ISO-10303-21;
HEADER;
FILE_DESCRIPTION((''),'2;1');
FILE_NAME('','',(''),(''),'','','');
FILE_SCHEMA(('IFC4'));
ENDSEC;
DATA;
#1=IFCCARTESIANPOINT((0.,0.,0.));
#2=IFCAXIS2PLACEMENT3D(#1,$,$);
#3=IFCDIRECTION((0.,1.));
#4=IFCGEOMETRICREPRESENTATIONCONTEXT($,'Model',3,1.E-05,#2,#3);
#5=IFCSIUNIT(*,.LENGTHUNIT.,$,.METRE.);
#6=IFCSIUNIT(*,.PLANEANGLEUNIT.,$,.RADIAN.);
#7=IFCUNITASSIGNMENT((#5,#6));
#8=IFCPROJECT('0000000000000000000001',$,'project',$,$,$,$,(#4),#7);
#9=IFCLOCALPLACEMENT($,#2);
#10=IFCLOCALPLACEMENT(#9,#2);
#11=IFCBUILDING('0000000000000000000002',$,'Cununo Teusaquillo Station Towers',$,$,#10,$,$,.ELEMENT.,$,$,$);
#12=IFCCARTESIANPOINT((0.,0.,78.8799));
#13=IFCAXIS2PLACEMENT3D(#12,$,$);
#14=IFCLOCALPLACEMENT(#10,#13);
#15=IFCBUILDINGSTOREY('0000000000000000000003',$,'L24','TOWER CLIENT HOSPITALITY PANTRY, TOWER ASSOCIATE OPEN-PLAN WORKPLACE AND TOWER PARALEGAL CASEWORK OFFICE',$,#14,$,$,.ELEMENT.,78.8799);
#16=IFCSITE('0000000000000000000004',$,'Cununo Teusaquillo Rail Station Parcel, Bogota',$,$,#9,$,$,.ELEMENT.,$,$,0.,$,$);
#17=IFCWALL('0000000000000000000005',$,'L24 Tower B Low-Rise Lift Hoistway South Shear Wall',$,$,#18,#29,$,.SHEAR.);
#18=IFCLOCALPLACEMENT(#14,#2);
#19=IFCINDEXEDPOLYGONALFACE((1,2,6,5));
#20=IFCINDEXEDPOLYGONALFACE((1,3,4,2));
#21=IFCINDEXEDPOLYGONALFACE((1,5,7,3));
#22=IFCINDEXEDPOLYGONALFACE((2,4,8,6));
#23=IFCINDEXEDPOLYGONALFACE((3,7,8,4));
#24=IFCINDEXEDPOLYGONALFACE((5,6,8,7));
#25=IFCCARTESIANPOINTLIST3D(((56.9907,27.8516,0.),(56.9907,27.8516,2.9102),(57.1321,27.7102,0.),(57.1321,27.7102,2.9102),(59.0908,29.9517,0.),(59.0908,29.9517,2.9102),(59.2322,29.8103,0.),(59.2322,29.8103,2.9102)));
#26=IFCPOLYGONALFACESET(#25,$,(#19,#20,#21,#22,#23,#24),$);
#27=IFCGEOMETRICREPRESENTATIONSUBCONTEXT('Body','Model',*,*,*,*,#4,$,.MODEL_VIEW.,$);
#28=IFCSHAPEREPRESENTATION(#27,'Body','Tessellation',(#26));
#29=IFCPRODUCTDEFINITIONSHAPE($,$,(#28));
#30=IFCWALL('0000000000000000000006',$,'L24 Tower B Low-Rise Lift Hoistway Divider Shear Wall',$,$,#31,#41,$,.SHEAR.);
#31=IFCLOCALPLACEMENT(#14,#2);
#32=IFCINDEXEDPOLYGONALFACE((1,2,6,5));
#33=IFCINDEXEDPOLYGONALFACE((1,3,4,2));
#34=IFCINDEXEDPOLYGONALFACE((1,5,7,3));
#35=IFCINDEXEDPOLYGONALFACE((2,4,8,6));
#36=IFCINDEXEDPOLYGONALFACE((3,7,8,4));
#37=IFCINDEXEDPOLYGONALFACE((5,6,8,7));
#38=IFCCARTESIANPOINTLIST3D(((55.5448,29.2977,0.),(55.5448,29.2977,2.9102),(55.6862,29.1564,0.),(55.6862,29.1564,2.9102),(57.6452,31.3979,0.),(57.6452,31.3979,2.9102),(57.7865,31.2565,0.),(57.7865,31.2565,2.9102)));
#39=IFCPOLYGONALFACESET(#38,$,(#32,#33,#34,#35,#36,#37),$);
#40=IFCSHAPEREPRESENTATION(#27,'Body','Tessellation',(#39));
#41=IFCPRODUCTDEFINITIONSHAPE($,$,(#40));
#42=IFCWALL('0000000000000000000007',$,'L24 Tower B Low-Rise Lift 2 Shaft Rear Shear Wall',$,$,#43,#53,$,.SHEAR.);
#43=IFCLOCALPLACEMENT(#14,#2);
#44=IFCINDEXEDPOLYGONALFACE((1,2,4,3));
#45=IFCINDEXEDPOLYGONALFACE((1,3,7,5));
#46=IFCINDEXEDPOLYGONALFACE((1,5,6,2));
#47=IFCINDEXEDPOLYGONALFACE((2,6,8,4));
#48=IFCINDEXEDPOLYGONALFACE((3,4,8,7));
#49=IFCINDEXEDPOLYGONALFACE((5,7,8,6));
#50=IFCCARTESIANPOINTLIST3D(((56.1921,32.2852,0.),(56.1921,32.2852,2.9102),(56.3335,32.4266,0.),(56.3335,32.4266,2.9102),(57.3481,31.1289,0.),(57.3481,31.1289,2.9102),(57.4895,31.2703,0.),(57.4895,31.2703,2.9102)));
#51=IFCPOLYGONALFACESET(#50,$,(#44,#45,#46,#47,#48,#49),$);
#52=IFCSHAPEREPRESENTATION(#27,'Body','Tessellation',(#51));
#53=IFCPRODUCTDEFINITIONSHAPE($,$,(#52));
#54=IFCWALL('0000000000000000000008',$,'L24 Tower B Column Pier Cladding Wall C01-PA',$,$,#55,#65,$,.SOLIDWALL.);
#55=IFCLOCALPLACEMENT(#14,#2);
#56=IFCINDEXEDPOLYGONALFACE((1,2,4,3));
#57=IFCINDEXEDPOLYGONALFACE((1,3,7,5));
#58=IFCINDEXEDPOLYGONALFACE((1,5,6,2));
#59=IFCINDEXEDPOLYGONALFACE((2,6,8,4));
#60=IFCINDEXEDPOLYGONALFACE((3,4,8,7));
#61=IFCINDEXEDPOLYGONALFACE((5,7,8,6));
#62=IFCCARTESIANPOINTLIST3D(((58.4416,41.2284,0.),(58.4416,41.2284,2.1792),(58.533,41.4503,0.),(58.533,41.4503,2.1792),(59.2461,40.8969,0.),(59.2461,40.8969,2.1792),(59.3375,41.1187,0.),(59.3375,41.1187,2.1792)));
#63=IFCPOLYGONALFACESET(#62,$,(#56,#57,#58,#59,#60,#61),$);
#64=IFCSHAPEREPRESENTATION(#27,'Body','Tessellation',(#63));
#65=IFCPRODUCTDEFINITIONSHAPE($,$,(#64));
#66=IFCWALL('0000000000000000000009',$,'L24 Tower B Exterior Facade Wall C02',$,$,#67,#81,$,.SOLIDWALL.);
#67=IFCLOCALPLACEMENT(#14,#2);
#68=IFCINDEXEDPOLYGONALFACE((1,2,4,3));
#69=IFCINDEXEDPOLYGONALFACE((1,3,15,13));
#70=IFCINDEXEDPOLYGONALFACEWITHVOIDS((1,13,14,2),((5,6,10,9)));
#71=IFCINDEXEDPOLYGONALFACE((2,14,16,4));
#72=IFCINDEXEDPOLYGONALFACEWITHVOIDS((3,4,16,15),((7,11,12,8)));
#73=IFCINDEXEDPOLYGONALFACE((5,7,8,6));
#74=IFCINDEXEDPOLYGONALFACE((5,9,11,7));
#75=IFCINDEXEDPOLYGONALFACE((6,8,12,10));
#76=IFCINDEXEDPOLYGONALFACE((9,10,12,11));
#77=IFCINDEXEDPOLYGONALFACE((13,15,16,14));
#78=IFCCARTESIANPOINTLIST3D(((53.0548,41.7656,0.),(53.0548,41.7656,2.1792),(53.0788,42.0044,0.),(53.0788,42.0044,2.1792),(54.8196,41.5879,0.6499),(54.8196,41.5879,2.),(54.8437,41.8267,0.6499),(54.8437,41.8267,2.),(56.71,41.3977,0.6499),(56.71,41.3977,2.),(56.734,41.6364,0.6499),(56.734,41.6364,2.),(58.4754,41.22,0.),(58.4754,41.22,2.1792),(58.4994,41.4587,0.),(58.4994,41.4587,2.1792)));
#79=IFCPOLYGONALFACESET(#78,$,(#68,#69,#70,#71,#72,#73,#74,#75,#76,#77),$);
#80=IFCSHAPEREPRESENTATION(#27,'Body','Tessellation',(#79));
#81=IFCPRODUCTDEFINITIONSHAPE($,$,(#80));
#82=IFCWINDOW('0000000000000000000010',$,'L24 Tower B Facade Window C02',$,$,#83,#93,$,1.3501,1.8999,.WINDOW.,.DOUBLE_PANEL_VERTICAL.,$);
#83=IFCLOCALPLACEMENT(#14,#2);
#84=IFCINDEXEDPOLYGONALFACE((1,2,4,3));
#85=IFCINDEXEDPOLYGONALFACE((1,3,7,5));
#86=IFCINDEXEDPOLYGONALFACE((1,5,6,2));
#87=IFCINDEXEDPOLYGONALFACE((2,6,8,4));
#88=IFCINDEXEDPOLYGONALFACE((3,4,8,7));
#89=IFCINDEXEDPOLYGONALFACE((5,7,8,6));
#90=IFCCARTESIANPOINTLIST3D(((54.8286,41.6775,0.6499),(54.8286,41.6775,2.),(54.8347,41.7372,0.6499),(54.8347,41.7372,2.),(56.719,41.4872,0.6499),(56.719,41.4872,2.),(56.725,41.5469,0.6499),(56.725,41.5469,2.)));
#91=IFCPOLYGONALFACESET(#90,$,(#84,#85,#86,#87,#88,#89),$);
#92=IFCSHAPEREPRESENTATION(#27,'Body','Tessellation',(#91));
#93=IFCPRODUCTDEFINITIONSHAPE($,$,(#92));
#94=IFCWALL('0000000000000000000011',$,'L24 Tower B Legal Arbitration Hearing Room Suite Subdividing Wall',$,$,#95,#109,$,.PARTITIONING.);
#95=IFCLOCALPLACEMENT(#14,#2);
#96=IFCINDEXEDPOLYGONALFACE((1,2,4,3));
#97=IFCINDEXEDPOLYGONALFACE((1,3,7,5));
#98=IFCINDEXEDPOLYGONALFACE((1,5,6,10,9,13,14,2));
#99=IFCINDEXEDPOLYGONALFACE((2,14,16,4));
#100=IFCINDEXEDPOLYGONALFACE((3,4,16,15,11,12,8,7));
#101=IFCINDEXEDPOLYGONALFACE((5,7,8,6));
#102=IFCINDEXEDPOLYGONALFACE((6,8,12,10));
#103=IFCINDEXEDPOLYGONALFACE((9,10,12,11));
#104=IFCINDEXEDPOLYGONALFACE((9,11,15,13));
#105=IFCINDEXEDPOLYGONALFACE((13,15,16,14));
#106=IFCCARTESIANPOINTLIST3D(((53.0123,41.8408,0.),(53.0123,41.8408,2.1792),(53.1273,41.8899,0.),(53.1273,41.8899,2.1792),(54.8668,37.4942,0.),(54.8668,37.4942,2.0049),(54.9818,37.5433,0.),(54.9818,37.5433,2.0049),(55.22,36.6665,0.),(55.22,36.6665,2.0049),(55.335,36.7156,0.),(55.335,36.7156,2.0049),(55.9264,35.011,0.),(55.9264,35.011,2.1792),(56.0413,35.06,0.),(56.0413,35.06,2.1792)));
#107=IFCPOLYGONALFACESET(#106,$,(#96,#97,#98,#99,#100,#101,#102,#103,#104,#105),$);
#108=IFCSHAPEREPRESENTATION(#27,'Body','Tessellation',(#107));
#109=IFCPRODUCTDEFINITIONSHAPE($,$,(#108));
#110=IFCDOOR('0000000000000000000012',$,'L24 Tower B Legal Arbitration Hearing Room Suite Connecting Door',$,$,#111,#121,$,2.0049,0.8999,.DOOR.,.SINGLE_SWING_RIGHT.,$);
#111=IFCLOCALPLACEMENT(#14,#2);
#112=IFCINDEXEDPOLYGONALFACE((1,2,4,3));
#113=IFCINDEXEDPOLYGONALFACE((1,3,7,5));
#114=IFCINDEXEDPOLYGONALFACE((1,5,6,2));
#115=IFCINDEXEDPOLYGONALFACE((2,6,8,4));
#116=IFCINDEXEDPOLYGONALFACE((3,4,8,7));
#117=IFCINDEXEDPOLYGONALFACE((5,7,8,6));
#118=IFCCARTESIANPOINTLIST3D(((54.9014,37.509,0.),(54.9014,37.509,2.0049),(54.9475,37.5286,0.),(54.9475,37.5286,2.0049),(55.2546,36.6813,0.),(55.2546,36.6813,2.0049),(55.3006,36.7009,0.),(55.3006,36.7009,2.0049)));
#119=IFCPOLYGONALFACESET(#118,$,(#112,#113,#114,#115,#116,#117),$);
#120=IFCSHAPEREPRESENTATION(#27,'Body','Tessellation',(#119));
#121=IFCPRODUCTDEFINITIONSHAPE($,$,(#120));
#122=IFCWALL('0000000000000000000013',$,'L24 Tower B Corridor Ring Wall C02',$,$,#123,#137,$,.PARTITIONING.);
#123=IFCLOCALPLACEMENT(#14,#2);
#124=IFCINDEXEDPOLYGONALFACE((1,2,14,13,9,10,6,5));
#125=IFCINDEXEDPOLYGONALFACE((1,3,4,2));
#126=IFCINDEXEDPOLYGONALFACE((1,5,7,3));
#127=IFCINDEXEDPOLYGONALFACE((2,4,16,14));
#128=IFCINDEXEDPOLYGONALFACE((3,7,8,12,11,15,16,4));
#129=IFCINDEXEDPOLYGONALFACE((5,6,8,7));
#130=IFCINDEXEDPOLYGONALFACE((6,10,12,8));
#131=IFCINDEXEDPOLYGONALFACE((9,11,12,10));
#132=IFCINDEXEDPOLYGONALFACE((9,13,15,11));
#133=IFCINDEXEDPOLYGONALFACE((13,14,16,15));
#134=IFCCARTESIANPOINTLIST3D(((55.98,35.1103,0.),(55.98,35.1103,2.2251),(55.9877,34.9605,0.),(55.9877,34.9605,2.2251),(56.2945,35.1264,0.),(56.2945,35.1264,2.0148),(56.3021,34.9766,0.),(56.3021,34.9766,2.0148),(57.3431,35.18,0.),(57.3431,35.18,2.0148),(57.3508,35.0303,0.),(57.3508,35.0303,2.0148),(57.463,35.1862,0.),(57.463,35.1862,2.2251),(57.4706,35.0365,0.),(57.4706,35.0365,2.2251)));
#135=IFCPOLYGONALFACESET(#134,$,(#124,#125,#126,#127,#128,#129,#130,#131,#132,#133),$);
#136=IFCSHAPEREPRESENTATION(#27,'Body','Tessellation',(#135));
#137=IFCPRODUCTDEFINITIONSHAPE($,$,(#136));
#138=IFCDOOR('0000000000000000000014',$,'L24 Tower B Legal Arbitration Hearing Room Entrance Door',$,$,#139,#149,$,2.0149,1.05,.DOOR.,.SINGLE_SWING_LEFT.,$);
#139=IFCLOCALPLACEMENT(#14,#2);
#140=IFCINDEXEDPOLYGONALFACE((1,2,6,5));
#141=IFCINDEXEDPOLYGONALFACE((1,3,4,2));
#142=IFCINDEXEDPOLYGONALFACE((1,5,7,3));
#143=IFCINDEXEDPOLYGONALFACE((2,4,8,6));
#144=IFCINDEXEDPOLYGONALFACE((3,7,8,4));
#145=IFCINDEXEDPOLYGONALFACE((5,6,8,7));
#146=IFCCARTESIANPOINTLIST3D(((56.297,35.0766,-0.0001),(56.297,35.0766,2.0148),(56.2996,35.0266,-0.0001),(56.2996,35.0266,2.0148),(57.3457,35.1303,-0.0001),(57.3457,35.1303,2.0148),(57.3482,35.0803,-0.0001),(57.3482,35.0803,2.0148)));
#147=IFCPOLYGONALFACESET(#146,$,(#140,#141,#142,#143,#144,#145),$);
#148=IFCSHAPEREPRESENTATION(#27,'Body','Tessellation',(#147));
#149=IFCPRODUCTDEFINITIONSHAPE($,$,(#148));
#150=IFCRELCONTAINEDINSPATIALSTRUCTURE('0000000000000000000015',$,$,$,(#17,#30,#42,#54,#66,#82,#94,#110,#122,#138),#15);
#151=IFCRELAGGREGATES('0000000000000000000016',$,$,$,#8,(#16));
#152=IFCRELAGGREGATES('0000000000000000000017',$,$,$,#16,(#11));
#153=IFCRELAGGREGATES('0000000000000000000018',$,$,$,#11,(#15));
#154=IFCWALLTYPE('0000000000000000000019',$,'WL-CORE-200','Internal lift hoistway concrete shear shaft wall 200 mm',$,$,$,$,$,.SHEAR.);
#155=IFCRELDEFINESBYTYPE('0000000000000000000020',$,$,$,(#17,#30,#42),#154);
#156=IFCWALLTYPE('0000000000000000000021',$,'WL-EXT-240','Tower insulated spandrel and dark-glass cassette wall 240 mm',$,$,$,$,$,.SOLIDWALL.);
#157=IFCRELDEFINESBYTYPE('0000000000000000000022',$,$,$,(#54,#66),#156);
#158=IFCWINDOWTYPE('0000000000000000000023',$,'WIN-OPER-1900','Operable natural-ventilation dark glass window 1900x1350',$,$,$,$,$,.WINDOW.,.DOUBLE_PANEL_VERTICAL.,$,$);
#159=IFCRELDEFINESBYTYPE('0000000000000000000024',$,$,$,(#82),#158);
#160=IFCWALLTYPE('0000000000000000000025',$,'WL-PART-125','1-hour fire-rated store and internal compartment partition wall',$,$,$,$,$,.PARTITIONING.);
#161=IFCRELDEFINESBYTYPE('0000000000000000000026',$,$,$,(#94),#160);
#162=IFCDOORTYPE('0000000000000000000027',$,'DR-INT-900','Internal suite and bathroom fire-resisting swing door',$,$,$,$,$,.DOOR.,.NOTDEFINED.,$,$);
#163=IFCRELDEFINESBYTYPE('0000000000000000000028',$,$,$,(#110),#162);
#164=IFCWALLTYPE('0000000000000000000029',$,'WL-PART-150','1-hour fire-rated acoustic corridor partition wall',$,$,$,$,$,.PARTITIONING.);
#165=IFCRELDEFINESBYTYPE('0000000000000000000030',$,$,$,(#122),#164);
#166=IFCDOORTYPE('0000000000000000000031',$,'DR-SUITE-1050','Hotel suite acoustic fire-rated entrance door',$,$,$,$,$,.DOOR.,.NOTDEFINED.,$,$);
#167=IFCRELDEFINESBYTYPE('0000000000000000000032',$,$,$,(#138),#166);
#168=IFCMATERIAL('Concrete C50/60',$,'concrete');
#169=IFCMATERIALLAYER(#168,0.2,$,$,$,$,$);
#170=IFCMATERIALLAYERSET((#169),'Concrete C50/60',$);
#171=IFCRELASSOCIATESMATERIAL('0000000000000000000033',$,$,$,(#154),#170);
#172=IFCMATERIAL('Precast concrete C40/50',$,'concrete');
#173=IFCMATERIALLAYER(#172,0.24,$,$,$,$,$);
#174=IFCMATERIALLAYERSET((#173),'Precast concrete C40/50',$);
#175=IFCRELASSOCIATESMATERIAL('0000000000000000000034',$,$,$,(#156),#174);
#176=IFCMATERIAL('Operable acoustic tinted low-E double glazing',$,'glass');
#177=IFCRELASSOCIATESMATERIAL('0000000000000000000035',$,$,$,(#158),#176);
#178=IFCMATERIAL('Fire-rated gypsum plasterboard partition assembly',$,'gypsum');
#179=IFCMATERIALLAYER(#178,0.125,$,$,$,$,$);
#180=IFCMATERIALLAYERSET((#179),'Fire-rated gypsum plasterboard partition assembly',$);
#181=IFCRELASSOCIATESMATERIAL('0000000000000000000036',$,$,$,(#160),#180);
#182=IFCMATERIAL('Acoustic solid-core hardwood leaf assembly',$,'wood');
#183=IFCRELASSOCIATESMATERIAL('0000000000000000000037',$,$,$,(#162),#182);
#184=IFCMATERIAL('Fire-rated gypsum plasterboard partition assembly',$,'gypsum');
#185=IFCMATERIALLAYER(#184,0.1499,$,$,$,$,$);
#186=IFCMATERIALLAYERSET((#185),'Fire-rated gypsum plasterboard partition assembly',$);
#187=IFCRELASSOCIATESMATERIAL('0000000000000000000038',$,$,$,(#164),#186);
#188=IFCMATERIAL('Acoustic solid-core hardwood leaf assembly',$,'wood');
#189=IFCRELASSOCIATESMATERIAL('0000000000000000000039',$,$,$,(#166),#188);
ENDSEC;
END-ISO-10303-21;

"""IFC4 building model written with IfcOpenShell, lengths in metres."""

from ifc_helpers import new_model, si_unit, direction, frame, frame_2d, origin, place, context, subcontext, project, spatial, rectangle, extrude, source, transform, mapped, material, layer, layer_set, type_object, element, fill, save


model = new_model("IFC4")

# Units and contexts
model_context = context("Model", 3, precision=1e-05, world=origin(), true_north=direction((0.0, 1.0)))
body_context = subcontext(model_context, "Body", "Model", "MODEL_VIEW")
ifc_project = project(units=[si_unit("LENGTHUNIT", "METRE"), si_unit("PLANEANGLEUNIT", "RADIAN")], contexts=[model_context])

# Site, building, storey
site_placement = place(None, origin())
site = spatial("IfcSite", under=ifc_project, at=site_placement, Name="Cununo Teusaquillo Rail Station Parcel, Bogota", CompositionType="ELEMENT", RefElevation=0.0)
building_placement = place(site_placement, origin())
building = spatial("IfcBuilding", under=site, at=building_placement, Name="Cununo Teusaquillo Station Towers", CompositionType="ELEMENT")
storey_placement = place(building_placement, frame((0.0, 0.0, 78.8799)))
storey = spatial("IfcBuildingStorey", under=building, at=storey_placement, Name="L24", Description="TOWER CLIENT HOSPITALITY PANTRY, TOWER ASSOCIATE OPEN-PLAN WORKPLACE AND TOWER PARALEGAL CASEWORK OFFICE", CompositionType="ELEMENT", Elevation=78.8799)

# Walls
ifc_material_1 = material(Name="Concrete C50/60", Category="concrete")
ifc_layer_1 = layer(ifc_material_1, 0.2)
ifc_layer_set_1 = layer_set([ifc_layer_1], Name="Concrete C50/60")
wall_type_1 = type_object("IfcWallType", Name="WL-CORE-200", Description="Internal lift hoistway concrete shear shaft wall 200 mm", PredefinedType="SHEAR", material=ifc_layer_set_1)
wall_1_placement = place(storey_placement, frame((57.0615, 27.781, 0.0), z_axis=(0.0, 0.0, 1.0), x_axis=(0.707107, 0.707107, 0.0)))
element("IfcWall", 1, at=wall_1_placement, inside=storey, type_object=wall_type_1, Name="L24 Tower B Low-Rise Lift Hoistway South Shear Wall", PredefinedType="SHEAR", context=body_context, shape_type="SweptSolid", body=[
    extrude(rectangle(XDim=2.97, YDim=0.2, at=frame_2d((1.4849, 0.0))), origin(), (0.0, 0.0, 1.0), 2.9102),
])
wall_2_placement = place(storey_placement, frame((55.6155, 29.2271, 0.0), z_axis=(0.0, 0.0, 1.0), x_axis=(0.707148, 0.707066, 0.0)))
element("IfcWall", 2, at=wall_2_placement, inside=storey, type_object=wall_type_1, Name="L24 Tower B Low-Rise Lift Hoistway Divider Shear Wall", PredefinedType="SHEAR", context=body_context, shape_type="SweptSolid", body=[
    extrude(rectangle(XDim=2.9702, YDim=0.2, at=frame_2d((1.4851, 0.0))), origin(), (0.0, 0.0, 1.0), 2.9102),
])
wall_3_placement = place(storey_placement, frame((57.4187, 31.1997, 0.0), z_axis=(0.0, 0.0, 1.0), x_axis=(-0.707032, 0.707181, 0.0)))
element("IfcWall", 3, at=wall_3_placement, inside=storey, type_object=wall_type_1, Name="L24 Tower B Low-Rise Lift 2 Shaft Rear Shear Wall", PredefinedType="SHEAR", context=body_context, shape_type="SweptSolid", body=[
    extrude(rectangle(XDim=1.635, YDim=0.2, at=frame_2d((0.8174, 0.0))), origin(), (0.0, 0.0, 1.0), 2.9102),
])
ifc_material_2 = material(Name="Precast concrete C40/50", Category="concrete")
ifc_layer_2 = layer(ifc_material_2, 0.24)
ifc_layer_set_2 = layer_set([ifc_layer_2], Name="Precast concrete C40/50")
wall_type_2 = type_object("IfcWallType", Name="WL-EXT-240", Description="Tower insulated spandrel and dark-glass cassette wall 240 mm", PredefinedType="SOLIDWALL", material=ifc_layer_set_2)
wall_4_placement = place(storey_placement, frame((58.4873, 41.3394, 0.0), z_axis=(0.0, 0.0, 1.0), x_axis=(0.924556, -0.381046, 0.0)))
element("IfcWall", 4, at=wall_4_placement, inside=storey, type_object=wall_type_2, Name="L24 Tower B Column Pier Cladding Wall C01-PA", PredefinedType="SOLIDWALL", context=body_context, shape_type="SweptSolid", body=[
    extrude(rectangle(XDim=0.8701, YDim=0.24, at=frame_2d((0.4351, 0.0))), origin(), (0.0, 0.0, 1.0), 2.1792),
])

# Wall, opening, window
wall_5_placement = place(storey_placement, frame((53.0667, 41.885, 0.0), z_axis=(0.0, 0.0, 1.0), x_axis=(0.994972, -0.100156, 0.0)))
wall_5 = element("IfcWall", 5, at=wall_5_placement, inside=storey, type_object=wall_type_2, Name="L24 Tower B Exterior Facade Wall C02", PredefinedType="SOLIDWALL", context=body_context, shape_type="SweptSolid", body=[
    extrude(rectangle(XDim=5.448, YDim=0.24, at=frame_2d((2.7241, 0.0))), origin(), (0.0, 0.0, 1.0), 2.1792),
])
shared_shape_1 = source(origin(), body_context, "Body", "SweptSolid", [
    extrude(rectangle(XDim=1.8999, YDim=1.3501, at=frame_2d((0.95, 0.675))), frame((0.0, 0.1299, 0.0), z_axis=(0.0, -1.0, 0.0), x_axis=(1.0, 0.0, 0.0)), (0.0, 0.0, 1.0), 0.26),
])
opening_1_placement = place(wall_5_placement, frame((1.7739, 0.0, 0.6499)))
opening_1 = element("IfcOpeningElement", 6, at=opening_1_placement, cuts=wall_5, PredefinedType="OPENING", context=body_context, shape_type="MappedRepresentation", body=[
    mapped(shared_shape_1, transform((0.0, 0.0, 0.0), x_axis=(1.0, 0.0, 0.0), y_axis=(0.0, 1.0, 0.0), z_axis=(0.0, 0.0, 1.0), scale=1.0)),
])
ifc_material_3 = material(Name="Operable acoustic tinted low-E double glazing", Category="glass")
window_type = type_object("IfcWindowType", Name="WIN-OPER-1900", Description="Operable natural-ventilation dark glass window 1900x1350", PartitioningType="DOUBLE_PANEL_VERTICAL", PredefinedType="WINDOW", material=ifc_material_3)
shared_shape_2 = source(origin(), body_context, "Body", "SweptSolid", [
    extrude(rectangle(XDim=1.8999, YDim=1.3501, at=frame_2d((0.95, 0.675))), frame((0.0, 0.03, 0.0), z_axis=(0.0, -1.0, 0.0), x_axis=(1.0, 0.0, 0.0)), (0.0, 0.0, 1.0), 0.0601),
])
window_placement = place(opening_1_placement, origin())
window = element("IfcWindow", 7, at=window_placement, inside=storey, type_object=window_type, Name="L24 Tower B Facade Window C02", OverallHeight=1.3501, OverallWidth=1.8999, PartitioningType="DOUBLE_PANEL_VERTICAL", PredefinedType="WINDOW", context=body_context, shape_type="MappedRepresentation", body=[
    mapped(shared_shape_2, transform((0.0, 0.0, 0.0), x_axis=(1.0, 0.0, 0.0), y_axis=(0.0, 1.0, 0.0), z_axis=(0.0, 0.0, 1.0), scale=1.0)),
])
fill(opening_1, window)

# Walls, openings, doors
ifc_material_4 = material(Name="Fire-rated gypsum plasterboard partition assembly", Category="gypsum")
ifc_layer_3 = layer(ifc_material_4, 0.125)
ifc_layer_set_3 = layer_set([ifc_layer_3], Name="Fire-rated gypsum plasterboard partition assembly")
wall_type_3 = type_object("IfcWallType", Name="WL-PART-125", Description="1-hour fire-rated store and internal compartment partition wall", PredefinedType="PARTITIONING", material=ifc_layer_set_3)
wall_6_placement = place(storey_placement, frame((55.9839, 35.0354, 0.0), z_axis=(0.0, 0.0, 1.0), x_axis=(-0.392439, 0.919778, 0.0)))
wall_6 = element("IfcWall", 8, at=wall_6_placement, inside=storey, type_object=wall_type_3, Name="L24 Tower B Legal Arbitration Hearing Room Suite Subdividing Wall", PredefinedType="PARTITIONING", context=body_context, shape_type="SweptSolid", body=[
    extrude(rectangle(XDim=7.4255, YDim=0.125, at=frame_2d((3.7129, 0.0))), origin(), (0.0, 0.0, 1.0), 2.1792),
])
shared_shape_3 = source(origin(), body_context, "Body", "SweptSolid", [
    extrude(rectangle(XDim=0.8999, YDim=2.0049, at=frame_2d((0.45, 1.0024))), frame((0.0, 0.0725, 0.0), z_axis=(0.0, -1.0, 0.0), x_axis=(1.0, 0.0, 0.0)), (0.0, 0.0, 1.0), 0.145),
])
opening_2_placement = place(wall_6_placement, frame((1.8, 0.0, 0.0)))
opening_2 = element("IfcOpeningElement", 9, at=opening_2_placement, cuts=wall_6, PredefinedType="OPENING", context=body_context, shape_type="MappedRepresentation", body=[
    mapped(shared_shape_3, transform((0.0, 0.0, 0.0), x_axis=(1.0, 0.0, 0.0), y_axis=(0.0, 1.0, 0.0), z_axis=(0.0, 0.0, 1.0), scale=1.0)),
])
ifc_material_5 = material(Name="Acoustic solid-core hardwood leaf assembly", Category="wood")
door_type_1 = type_object("IfcDoorType", Name="DR-INT-900", Description="Internal suite and bathroom fire-resisting swing door", OperationType="NOTDEFINED", PredefinedType="DOOR", material=ifc_material_5)
shared_shape_4 = source(origin(), body_context, "Body", "SweptSolid", [
    extrude(rectangle(XDim=0.8999, YDim=2.0049, at=frame_2d((0.45, 1.0024))), frame((0.0, 0.0249, 0.0), z_axis=(0.0, -1.0, 0.0), x_axis=(1.0, 0.0, 0.0)), (0.0, 0.0, 1.0), 0.05),
])
door_1_placement = place(opening_2_placement, origin())
door_1 = element("IfcDoor", 10, at=door_1_placement, inside=storey, type_object=door_type_1, Name="L24 Tower B Legal Arbitration Hearing Room Suite Connecting Door", OperationType="SINGLE_SWING_RIGHT", OverallHeight=2.0049, OverallWidth=0.8999, PredefinedType="DOOR", context=body_context, shape_type="MappedRepresentation", body=[
    mapped(shared_shape_4, transform((0.0, 0.0, 0.0), x_axis=(1.0, 0.0, 0.0), y_axis=(0.0, 1.0, 0.0), z_axis=(0.0, 0.0, 1.0), scale=1.0)),
])
fill(opening_2, door_1)
ifc_material_6 = material(Name="Fire-rated gypsum plasterboard partition assembly", Category="gypsum")
ifc_layer_4 = layer(ifc_material_6, 0.1499)
ifc_layer_set_4 = layer_set([ifc_layer_4], Name="Fire-rated gypsum plasterboard partition assembly")
wall_type_4 = type_object("IfcWallType", Name="WL-PART-150", Description="1-hour fire-rated acoustic corridor partition wall", PredefinedType="PARTITIONING", material=ifc_layer_set_4)
wall_7_placement = place(storey_placement, frame((57.4668, 35.1113, 0.0), z_axis=(0.0, 0.0, 1.0), x_axis=(-0.998692, -0.051135, 0.0)))
wall_7 = element("IfcWall", 11, at=wall_7_placement, inside=storey, type_object=wall_type_4, Name="L24 Tower B Corridor Ring Wall C02", PredefinedType="PARTITIONING", context=body_context, shape_type="SweptSolid", body=[
    extrude(rectangle(XDim=1.4849, YDim=0.1499, at=frame_2d((0.7424, 0.0))), origin(), (0.0, 0.0, 1.0), 2.2251),
])
shared_shape_5 = source(origin(), body_context, "Body", "SweptSolid", [
    extrude(rectangle(XDim=1.05, YDim=2.0149, at=frame_2d((0.5249, 1.0073))), frame((0.0, 0.085, 0.0), z_axis=(0.0, -1.0, 0.0), x_axis=(1.0, 0.0, 0.0)), (0.0, 0.0, 1.0), 0.1699),
])
opening_3_placement = place(wall_7_placement, frame((0.1201, 0.0, 0.0)))
opening_3 = element("IfcOpeningElement", 12, at=opening_3_placement, cuts=wall_7, PredefinedType="OPENING", context=body_context, shape_type="MappedRepresentation", body=[
    mapped(shared_shape_5, transform((0.0, 0.0, 0.0), x_axis=(1.0, 0.0, 0.0), y_axis=(0.0, 1.0, 0.0), z_axis=(0.0, 0.0, 1.0), scale=1.0)),
])
ifc_material_7 = material(Name="Acoustic solid-core hardwood leaf assembly", Category="wood")
door_type_2 = type_object("IfcDoorType", Name="DR-SUITE-1050", Description="Hotel suite acoustic fire-rated entrance door", OperationType="NOTDEFINED", PredefinedType="DOOR", material=ifc_material_7)
shared_shape_6 = source(origin(), body_context, "Body", "SweptSolid", [
    extrude(rectangle(XDim=1.05, YDim=2.0149, at=frame_2d((0.5249, 1.0073))), frame((0.0, 0.0249, 0.0), z_axis=(0.0, -1.0, 0.0), x_axis=(1.0, 0.0, 0.0)), (0.0, 0.0, 1.0), 0.05),
])
door_2_placement = place(opening_3_placement, origin())
door_2 = element("IfcDoor", 13, at=door_2_placement, inside=storey, type_object=door_type_2, Name="L24 Tower B Legal Arbitration Hearing Room Entrance Door", OperationType="SINGLE_SWING_LEFT", OverallHeight=2.0149, OverallWidth=1.05, PredefinedType="DOOR", context=body_context, shape_type="MappedRepresentation", body=[
    mapped(shared_shape_6, transform((0.0, 0.0, 0.0), x_axis=(1.0, 0.0, 0.0), y_axis=(0.0, 1.0, 0.0), z_axis=(0.0, 0.0, 1.0), scale=1.0)),
])
fill(opening_3, door_2)

save(model, "model.ifc")
